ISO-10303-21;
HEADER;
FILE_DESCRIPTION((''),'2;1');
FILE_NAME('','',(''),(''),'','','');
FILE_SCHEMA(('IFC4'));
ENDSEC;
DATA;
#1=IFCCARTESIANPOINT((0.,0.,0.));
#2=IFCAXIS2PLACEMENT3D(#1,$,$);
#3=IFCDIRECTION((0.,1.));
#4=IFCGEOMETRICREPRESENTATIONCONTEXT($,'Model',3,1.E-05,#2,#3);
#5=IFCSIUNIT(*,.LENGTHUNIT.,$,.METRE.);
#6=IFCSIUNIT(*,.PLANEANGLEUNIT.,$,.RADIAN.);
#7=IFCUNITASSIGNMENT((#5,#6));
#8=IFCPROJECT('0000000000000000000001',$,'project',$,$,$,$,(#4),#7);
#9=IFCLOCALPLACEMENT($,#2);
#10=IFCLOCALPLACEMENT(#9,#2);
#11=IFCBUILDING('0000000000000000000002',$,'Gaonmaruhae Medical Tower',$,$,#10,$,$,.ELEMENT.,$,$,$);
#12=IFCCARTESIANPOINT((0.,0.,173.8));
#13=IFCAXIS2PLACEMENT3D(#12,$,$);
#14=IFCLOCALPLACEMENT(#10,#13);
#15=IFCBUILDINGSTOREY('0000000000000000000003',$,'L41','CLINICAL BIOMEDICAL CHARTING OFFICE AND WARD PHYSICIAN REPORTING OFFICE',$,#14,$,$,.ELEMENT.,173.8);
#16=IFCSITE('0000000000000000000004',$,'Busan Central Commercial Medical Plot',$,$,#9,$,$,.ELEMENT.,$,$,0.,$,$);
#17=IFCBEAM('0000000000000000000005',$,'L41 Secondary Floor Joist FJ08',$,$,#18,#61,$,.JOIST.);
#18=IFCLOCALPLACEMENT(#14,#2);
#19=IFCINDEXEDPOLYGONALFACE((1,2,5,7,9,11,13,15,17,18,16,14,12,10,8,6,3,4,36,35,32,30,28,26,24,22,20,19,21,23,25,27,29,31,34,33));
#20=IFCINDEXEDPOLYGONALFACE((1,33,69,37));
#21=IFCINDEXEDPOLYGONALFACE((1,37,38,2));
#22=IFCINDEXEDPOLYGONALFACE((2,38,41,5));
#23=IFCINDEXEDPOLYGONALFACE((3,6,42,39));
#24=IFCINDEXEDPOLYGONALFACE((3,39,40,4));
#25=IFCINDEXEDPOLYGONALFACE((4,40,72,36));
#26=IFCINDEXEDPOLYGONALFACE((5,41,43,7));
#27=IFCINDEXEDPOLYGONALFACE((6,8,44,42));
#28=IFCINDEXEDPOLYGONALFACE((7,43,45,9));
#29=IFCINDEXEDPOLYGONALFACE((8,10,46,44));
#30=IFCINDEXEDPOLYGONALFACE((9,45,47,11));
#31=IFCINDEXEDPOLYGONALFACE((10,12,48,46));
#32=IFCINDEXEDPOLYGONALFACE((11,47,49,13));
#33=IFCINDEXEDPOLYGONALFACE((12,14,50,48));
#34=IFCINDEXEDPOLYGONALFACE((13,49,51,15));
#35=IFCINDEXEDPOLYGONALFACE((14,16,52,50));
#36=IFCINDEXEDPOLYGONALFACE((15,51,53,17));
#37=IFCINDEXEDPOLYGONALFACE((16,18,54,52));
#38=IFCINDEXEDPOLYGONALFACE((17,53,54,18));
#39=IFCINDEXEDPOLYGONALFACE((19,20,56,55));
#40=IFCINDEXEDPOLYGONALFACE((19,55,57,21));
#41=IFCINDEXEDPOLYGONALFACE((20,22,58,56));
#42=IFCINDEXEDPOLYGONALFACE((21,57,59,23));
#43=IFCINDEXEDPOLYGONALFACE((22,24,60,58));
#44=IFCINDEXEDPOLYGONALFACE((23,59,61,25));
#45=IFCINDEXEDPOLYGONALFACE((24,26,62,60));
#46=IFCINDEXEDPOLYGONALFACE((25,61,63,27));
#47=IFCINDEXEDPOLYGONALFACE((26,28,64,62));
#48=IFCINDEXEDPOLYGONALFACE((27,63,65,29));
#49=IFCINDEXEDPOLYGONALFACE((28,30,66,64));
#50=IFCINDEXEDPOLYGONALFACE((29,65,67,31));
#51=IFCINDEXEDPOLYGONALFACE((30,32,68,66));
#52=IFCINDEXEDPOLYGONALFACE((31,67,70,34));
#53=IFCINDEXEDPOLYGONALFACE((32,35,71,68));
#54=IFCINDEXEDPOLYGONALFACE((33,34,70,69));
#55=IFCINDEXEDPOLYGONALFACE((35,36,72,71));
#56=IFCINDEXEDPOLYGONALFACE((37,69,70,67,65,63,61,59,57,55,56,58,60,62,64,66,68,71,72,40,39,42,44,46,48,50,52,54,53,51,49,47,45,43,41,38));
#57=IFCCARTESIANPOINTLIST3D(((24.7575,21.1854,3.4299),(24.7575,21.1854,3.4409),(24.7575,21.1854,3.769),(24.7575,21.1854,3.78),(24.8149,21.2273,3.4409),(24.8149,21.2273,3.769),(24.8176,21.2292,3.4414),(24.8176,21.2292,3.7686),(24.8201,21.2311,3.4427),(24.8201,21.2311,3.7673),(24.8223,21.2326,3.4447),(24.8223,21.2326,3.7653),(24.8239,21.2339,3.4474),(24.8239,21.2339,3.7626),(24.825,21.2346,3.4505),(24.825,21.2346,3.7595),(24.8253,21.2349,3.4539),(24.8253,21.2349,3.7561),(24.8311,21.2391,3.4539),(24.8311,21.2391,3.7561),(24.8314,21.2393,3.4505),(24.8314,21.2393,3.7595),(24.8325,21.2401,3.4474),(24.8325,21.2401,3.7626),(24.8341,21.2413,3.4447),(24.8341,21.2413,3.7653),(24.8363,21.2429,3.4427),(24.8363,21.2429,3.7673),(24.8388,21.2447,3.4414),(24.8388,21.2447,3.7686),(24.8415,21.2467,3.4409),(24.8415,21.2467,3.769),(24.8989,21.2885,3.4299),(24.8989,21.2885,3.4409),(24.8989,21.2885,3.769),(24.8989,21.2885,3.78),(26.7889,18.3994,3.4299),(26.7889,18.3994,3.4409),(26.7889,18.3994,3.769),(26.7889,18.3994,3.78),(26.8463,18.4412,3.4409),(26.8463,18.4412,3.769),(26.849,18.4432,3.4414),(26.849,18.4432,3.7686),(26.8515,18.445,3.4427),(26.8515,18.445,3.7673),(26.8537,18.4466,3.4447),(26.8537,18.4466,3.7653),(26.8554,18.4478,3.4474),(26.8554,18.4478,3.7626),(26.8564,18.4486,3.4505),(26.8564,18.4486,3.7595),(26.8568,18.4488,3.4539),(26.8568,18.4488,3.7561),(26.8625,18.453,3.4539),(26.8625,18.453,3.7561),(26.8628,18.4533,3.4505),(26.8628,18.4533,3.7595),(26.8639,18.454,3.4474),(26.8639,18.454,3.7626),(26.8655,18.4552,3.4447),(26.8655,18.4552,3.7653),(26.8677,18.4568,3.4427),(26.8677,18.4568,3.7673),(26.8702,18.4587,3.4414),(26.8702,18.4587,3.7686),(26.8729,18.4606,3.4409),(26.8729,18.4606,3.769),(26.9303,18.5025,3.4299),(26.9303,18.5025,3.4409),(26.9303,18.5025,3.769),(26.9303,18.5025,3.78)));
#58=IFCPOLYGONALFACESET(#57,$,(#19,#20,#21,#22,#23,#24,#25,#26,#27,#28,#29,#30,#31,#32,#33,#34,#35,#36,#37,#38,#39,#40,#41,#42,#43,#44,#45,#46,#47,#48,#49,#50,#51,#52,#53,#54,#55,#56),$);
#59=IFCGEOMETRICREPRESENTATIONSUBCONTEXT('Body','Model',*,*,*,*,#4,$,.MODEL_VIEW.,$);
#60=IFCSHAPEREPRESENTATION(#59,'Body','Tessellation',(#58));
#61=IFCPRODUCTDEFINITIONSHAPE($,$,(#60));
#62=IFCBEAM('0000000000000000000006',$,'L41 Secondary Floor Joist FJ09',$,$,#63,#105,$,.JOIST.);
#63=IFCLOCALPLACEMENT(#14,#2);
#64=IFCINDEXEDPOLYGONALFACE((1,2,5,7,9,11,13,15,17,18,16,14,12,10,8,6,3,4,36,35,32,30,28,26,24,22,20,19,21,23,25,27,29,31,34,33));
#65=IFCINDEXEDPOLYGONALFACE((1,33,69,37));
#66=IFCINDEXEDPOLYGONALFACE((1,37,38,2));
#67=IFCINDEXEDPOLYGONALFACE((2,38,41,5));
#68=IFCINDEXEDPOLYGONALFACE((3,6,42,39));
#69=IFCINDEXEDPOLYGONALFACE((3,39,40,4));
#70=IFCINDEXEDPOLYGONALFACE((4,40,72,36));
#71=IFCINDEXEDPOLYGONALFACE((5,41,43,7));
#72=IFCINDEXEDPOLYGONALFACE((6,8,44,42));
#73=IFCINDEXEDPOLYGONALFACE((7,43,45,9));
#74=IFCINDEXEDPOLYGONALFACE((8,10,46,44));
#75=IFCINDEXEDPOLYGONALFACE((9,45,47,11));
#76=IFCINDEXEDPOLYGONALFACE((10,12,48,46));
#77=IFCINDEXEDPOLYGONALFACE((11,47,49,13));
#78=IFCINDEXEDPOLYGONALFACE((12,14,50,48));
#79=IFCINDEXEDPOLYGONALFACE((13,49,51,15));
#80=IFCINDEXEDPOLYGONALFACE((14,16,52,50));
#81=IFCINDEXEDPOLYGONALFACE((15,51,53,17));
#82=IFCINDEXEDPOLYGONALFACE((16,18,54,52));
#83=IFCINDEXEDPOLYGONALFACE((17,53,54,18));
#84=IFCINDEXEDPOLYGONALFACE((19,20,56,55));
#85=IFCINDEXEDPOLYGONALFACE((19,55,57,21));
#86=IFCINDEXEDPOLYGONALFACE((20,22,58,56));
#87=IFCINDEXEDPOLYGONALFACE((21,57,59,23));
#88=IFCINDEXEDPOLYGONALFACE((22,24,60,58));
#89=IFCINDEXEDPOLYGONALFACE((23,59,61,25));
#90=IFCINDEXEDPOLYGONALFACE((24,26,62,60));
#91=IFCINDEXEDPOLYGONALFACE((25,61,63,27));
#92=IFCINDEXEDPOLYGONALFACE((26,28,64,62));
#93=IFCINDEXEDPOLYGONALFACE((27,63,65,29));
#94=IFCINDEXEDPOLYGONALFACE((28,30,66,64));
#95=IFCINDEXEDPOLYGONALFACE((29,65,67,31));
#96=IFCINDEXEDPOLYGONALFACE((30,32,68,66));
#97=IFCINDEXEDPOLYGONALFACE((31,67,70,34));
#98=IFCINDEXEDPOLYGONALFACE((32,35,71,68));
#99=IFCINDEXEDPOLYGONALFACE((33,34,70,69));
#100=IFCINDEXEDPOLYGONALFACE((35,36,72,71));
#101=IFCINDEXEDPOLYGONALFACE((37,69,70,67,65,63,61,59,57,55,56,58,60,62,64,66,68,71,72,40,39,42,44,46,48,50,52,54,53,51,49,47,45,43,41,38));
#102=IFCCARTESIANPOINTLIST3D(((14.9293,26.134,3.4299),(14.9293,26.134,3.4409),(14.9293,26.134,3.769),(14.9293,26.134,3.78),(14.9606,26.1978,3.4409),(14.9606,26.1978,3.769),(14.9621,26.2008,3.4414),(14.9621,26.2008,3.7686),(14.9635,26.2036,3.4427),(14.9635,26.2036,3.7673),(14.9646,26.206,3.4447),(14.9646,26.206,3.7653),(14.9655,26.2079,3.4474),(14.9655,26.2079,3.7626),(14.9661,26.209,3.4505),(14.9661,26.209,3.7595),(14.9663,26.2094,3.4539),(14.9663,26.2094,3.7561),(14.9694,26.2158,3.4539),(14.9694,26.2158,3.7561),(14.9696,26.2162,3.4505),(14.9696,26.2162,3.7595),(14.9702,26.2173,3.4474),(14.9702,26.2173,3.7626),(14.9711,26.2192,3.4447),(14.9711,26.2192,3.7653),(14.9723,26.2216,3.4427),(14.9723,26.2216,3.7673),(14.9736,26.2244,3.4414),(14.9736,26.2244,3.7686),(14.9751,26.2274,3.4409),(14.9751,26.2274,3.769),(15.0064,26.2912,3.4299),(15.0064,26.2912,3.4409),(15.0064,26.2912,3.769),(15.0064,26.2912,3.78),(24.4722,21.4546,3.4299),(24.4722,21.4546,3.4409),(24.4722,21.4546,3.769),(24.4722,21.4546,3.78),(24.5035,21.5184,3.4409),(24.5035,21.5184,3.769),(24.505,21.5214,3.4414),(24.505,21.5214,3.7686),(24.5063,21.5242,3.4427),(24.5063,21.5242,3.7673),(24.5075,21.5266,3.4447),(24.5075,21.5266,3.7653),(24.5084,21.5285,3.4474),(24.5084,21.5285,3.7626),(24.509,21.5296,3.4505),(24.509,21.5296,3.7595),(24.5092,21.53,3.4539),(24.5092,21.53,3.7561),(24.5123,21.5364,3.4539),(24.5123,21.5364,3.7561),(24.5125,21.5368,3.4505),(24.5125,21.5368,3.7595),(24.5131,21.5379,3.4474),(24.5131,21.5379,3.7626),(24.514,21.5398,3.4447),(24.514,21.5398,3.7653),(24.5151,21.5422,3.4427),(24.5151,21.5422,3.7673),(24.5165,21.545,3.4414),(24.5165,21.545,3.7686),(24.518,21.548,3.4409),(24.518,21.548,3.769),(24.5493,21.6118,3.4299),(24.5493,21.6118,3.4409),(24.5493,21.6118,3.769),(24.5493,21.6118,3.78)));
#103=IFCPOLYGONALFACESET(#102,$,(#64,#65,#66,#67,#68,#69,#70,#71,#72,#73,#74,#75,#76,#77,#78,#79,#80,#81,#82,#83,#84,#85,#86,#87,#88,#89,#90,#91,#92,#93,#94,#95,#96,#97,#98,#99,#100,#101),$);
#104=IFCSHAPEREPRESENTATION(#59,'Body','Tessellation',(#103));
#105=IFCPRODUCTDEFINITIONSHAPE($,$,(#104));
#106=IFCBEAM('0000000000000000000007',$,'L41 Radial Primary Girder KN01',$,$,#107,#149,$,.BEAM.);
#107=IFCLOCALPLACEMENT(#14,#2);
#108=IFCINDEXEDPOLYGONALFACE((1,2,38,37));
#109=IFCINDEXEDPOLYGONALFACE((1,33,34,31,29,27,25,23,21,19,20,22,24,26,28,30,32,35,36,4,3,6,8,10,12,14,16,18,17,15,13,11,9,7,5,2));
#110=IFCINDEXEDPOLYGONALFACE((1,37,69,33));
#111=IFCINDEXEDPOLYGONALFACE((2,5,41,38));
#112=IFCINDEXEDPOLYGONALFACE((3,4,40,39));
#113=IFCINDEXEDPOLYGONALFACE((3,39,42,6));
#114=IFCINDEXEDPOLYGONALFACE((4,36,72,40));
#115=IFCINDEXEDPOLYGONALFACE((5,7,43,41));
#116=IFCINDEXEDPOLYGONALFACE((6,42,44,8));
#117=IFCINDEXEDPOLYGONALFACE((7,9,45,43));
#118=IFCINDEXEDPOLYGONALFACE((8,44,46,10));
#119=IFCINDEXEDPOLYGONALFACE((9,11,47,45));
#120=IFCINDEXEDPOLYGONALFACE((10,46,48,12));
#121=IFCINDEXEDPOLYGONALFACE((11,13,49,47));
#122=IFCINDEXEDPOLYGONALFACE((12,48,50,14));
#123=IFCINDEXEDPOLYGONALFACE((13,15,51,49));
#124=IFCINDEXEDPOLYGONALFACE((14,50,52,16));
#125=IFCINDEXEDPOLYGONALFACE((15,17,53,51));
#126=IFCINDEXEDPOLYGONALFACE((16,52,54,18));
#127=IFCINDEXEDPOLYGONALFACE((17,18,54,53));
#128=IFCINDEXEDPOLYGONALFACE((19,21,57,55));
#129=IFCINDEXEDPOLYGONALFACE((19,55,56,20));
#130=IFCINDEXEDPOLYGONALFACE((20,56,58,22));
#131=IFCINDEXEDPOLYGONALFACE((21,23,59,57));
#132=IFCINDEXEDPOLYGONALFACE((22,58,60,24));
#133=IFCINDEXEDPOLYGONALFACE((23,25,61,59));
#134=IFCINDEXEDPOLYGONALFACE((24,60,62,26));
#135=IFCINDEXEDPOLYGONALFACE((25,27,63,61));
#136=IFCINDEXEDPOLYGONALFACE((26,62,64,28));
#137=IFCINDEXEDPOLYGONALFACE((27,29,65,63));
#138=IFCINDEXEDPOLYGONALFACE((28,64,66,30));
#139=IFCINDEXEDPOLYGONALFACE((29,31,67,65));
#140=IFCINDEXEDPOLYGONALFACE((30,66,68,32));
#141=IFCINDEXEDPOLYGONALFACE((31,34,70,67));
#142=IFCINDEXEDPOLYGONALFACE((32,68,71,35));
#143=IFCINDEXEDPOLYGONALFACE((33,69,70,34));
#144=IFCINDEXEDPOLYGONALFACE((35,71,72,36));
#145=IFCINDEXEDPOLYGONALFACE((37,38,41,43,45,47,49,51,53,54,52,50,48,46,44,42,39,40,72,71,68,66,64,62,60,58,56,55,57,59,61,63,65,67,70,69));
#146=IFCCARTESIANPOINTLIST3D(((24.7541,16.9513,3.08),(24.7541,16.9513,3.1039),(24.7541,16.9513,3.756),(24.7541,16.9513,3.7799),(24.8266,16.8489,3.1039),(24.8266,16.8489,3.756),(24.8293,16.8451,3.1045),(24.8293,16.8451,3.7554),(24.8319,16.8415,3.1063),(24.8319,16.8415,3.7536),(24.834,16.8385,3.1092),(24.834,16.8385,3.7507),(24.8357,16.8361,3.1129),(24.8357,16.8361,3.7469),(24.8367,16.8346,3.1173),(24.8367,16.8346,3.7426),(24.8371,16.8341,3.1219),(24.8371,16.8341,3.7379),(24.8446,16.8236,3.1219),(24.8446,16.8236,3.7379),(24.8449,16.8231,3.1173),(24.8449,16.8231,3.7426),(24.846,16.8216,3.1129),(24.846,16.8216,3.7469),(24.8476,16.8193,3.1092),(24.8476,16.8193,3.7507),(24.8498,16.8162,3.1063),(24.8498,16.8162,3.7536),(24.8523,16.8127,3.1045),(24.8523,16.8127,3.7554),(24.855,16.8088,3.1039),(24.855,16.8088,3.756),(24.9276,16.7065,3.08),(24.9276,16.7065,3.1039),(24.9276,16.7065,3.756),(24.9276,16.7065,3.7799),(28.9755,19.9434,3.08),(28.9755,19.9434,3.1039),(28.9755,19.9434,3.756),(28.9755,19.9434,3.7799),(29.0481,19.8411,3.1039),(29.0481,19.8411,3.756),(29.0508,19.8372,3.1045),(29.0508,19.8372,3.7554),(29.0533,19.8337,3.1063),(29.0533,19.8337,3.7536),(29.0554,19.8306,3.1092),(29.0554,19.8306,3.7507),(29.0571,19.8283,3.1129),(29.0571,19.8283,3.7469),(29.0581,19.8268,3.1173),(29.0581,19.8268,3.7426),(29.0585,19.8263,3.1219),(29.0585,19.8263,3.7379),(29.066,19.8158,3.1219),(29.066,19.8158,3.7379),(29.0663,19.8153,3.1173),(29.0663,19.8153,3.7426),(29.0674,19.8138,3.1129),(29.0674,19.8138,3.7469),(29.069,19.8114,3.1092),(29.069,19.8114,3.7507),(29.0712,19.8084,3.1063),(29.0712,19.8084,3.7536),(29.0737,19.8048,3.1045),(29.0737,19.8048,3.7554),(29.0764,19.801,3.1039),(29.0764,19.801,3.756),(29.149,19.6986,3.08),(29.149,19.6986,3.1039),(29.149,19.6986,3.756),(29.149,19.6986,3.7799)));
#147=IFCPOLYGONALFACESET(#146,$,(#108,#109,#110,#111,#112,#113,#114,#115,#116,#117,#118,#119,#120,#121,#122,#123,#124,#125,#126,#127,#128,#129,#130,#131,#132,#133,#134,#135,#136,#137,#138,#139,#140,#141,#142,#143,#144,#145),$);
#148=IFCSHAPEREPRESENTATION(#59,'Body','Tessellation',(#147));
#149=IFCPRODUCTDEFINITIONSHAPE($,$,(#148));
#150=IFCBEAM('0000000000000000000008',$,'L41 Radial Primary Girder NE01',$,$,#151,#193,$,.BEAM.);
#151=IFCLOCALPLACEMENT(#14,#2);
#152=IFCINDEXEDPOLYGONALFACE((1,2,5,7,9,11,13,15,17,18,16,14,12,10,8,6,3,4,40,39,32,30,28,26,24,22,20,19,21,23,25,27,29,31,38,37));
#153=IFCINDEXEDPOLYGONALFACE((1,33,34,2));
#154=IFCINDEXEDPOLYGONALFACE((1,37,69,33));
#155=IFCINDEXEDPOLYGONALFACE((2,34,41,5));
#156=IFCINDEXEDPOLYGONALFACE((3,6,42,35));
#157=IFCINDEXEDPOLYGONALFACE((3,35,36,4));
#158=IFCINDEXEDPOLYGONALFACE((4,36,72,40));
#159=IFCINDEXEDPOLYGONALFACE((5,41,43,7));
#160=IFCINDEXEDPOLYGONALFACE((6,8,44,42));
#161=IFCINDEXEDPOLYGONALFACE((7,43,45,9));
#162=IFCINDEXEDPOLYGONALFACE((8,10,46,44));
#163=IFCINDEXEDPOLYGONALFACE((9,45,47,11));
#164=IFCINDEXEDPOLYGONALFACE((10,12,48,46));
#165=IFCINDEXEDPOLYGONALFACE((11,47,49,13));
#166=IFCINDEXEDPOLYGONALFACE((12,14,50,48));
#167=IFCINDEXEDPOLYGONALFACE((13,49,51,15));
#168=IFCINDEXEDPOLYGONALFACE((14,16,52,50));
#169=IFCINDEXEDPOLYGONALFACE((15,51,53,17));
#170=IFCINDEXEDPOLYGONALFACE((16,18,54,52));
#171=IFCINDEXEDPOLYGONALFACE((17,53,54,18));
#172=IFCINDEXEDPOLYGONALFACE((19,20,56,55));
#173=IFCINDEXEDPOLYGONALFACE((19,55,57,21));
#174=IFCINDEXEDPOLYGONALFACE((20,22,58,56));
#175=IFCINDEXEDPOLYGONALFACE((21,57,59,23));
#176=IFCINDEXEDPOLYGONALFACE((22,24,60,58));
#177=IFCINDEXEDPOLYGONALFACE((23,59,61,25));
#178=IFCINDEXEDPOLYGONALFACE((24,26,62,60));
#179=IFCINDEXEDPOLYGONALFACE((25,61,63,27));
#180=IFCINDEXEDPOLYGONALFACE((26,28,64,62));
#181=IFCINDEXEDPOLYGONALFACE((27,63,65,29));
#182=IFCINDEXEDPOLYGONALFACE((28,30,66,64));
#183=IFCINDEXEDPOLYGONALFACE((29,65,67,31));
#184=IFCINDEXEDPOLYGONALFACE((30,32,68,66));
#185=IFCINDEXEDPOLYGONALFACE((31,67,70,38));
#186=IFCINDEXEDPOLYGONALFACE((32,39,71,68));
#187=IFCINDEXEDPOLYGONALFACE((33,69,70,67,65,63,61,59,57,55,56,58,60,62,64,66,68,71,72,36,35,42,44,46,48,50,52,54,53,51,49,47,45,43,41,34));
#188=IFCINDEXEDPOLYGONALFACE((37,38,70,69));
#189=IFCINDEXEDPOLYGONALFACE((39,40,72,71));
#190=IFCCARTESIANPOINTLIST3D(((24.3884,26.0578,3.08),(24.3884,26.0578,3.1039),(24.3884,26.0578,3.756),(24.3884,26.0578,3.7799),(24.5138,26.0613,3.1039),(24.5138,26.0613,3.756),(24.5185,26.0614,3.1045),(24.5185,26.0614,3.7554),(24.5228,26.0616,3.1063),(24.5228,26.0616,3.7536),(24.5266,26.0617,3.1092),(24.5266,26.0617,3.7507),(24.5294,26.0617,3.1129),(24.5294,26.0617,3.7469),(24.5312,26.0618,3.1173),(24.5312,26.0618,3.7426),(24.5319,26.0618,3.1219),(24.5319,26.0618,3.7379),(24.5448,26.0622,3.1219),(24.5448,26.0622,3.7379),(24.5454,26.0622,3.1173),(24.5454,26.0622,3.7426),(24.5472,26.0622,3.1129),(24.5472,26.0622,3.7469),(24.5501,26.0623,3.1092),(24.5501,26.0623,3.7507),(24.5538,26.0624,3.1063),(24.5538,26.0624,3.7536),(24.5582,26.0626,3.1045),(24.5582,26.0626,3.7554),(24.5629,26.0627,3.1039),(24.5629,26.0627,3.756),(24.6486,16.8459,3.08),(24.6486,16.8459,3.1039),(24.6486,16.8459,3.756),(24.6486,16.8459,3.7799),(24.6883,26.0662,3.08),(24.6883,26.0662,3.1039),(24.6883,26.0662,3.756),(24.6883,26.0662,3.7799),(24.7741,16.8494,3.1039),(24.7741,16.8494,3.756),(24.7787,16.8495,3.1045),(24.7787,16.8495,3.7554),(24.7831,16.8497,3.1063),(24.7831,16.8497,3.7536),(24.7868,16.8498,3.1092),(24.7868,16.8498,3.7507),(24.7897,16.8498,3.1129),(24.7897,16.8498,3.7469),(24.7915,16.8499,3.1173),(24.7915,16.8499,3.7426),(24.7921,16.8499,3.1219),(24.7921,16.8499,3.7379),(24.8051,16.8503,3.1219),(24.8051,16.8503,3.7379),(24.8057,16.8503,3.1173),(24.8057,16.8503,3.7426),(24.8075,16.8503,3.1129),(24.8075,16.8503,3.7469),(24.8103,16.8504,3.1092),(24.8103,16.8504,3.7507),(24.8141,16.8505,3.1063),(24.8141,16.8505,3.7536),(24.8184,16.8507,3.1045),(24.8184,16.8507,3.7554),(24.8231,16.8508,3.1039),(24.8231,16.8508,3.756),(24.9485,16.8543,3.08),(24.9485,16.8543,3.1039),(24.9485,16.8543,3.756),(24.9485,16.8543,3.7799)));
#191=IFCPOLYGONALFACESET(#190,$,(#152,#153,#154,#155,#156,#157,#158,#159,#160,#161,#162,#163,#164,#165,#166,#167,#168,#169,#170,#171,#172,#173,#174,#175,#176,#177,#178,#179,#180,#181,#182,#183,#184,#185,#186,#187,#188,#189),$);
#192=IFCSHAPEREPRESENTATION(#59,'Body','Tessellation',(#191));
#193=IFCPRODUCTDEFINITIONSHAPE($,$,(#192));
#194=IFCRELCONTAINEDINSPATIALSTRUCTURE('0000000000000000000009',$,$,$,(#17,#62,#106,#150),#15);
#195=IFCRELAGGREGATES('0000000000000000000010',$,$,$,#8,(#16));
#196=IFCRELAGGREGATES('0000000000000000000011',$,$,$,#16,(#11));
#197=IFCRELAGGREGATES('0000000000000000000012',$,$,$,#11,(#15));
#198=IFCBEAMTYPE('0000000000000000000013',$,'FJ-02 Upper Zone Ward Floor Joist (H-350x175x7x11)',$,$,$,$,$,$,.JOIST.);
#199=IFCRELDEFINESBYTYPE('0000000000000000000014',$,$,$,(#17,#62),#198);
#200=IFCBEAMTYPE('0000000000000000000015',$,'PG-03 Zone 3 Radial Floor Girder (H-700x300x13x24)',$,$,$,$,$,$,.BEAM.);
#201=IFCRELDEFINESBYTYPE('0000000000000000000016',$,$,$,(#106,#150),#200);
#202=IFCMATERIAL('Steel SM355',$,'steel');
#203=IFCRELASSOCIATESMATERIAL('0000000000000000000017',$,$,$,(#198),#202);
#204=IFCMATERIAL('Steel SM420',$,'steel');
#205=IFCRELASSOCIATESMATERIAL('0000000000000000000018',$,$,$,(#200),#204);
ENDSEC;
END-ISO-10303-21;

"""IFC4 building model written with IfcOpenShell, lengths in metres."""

from ifc_helpers import new_model, si_unit, direction, frame, origin, origin_2d, place, context, subcontext, project, spatial, i_section, extrude, material, material_profile, profile_set, type_object, element, save


model = new_model("IFC4")

# Units and contexts
model_context = context("Model", 3, precision=1e-05, world=origin(), true_north=direction((0.0, 1.0)))
body_context = subcontext(model_context, "Body", "Model", "MODEL_VIEW")
ifc_project = project(units=[si_unit("LENGTHUNIT", "METRE"), si_unit("PLANEANGLEUNIT", "RADIAN")], contexts=[model_context])

# Site, building, storey
site_placement = place(None, origin())
site = spatial("IfcSite", under=ifc_project, at=site_placement, Name="Busan Central Commercial Medical Plot", CompositionType="ELEMENT", RefElevation=0.0)
building_placement = place(site_placement, origin())
building = spatial("IfcBuilding", under=site, at=building_placement, Name="Gaonmaruhae Medical Tower", CompositionType="ELEMENT")
storey_placement = place(building_placement, frame((0.0, 0.0, 173.8)))
storey = spatial("IfcBuildingStorey", under=building, at=storey_placement, Name="L41", Description="CLINICAL BIOMEDICAL CHARTING OFFICE AND WARD PHYSICIAN REPORTING OFFICE", CompositionType="ELEMENT", Elevation=173.8)

# Beams
ifc_material_1 = material(Name="Steel SM355", Category="steel")
ifc_material_profile_1 = material_profile(ifc_material_1, i_section(OverallWidth=0.175, OverallDepth=0.3501, WebThickness=0.0071, FlangeThickness=0.011, FilletRadius=0.0129, at=origin_2d()), Name="H-350x175x7x11")
ifc_profile_set_1 = profile_set([ifc_material_profile_1], Name="Steel SM355")
beam_type_1 = type_object("IfcBeamType", Name="FJ-02 Upper Zone Ward Floor Joist (H-350x175x7x11)", PredefinedType="JOIST", material=ifc_profile_set_1)
beam_1_placement = place(storey_placement, frame((26.8596, 18.4509, 3.605), z_axis=(-0.589161, 0.808016, 0.0), x_axis=(-0.808016, -0.589161, 0.0)))
element("IfcBeam", 1, at=beam_1_placement, inside=storey, type_object=beam_type_1, Name="L41 Secondary Floor Joist FJ08", PredefinedType="JOIST", context=body_context, shape_type="SweptSolid", body=[
    extrude(i_section(OverallWidth=0.175, OverallDepth=0.3501, WebThickness=0.0071, FlangeThickness=0.011, FilletRadius=0.0129, at=origin_2d()), origin(), (0.0, 0.0, 1.0), 3.448),
])
beam_2_placement = place(storey_placement, frame((24.5107, 21.5332, 3.605), z_axis=(-0.897864, 0.440272, 0.0), x_axis=(-0.440272, -0.897864, 0.0)))
element("IfcBeam", 2, at=beam_2_placement, inside=storey, type_object=beam_type_1, Name="L41 Secondary Floor Joist FJ09", PredefinedType="JOIST", context=body_context, shape_type="SweptSolid", body=[
    extrude(i_section(OverallWidth=0.175, OverallDepth=0.3501, WebThickness=0.0071, FlangeThickness=0.011, FilletRadius=0.0129, at=origin_2d()), origin(), (0.0, 0.0, 1.0), 10.6284),
])
ifc_material_2 = material(Name="Steel SM420", Category="steel")
ifc_material_profile_2 = material_profile(ifc_material_2, i_section(OverallWidth=0.3, OverallDepth=0.7, WebThickness=0.0129, FlangeThickness=0.0239, FilletRadius=0.0181, at=origin_2d()), Name="H-700x300x13x24")
ifc_profile_set_2 = profile_set([ifc_material_profile_2], Name="Steel SM420")
beam_type_2 = type_object("IfcBeamType", Name="PG-03 Zone 3 Radial Floor Girder (H-700x300x13x24)", PredefinedType="BEAM", material=ifc_profile_set_2)
beam_3_placement = place(storey_placement, frame((24.8408, 16.8289, 3.4299), z_axis=(0.815842, 0.578275, 0.0), x_axis=(-0.578275, 0.815842, 0.0)))
element("IfcBeam", 3, at=beam_3_placement, inside=storey, type_object=beam_type_2, Name="L41 Radial Primary Girder KN01", PredefinedType="BEAM", context=body_context, shape_type="SweptSolid", body=[
    extrude(i_section(OverallWidth=0.3, OverallDepth=0.7, WebThickness=0.0129, FlangeThickness=0.0239, FilletRadius=0.0181, at=origin_2d()), origin(), (0.0, 0.0, 1.0), 5.1743),
])
beam_4_placement = place(storey_placement, frame((24.7986, 16.8501, 3.4299), z_axis=(-0.028241, 0.999601, 0.0), x_axis=(-0.999601, -0.028241, 0.0)))
element("IfcBeam", 4, at=beam_4_placement, inside=storey, type_object=beam_type_2, Name="L41 Radial Primary Girder NE01", PredefinedType="BEAM", context=body_context, shape_type="SweptSolid", body=[
    extrude(i_section(OverallWidth=0.3, OverallDepth=0.7, WebThickness=0.0129, FlangeThickness=0.0239, FilletRadius=0.0181, at=origin_2d()), origin(), (0.0, 0.0, 1.0), 9.2156),
])

save(model, "model.ifc")
